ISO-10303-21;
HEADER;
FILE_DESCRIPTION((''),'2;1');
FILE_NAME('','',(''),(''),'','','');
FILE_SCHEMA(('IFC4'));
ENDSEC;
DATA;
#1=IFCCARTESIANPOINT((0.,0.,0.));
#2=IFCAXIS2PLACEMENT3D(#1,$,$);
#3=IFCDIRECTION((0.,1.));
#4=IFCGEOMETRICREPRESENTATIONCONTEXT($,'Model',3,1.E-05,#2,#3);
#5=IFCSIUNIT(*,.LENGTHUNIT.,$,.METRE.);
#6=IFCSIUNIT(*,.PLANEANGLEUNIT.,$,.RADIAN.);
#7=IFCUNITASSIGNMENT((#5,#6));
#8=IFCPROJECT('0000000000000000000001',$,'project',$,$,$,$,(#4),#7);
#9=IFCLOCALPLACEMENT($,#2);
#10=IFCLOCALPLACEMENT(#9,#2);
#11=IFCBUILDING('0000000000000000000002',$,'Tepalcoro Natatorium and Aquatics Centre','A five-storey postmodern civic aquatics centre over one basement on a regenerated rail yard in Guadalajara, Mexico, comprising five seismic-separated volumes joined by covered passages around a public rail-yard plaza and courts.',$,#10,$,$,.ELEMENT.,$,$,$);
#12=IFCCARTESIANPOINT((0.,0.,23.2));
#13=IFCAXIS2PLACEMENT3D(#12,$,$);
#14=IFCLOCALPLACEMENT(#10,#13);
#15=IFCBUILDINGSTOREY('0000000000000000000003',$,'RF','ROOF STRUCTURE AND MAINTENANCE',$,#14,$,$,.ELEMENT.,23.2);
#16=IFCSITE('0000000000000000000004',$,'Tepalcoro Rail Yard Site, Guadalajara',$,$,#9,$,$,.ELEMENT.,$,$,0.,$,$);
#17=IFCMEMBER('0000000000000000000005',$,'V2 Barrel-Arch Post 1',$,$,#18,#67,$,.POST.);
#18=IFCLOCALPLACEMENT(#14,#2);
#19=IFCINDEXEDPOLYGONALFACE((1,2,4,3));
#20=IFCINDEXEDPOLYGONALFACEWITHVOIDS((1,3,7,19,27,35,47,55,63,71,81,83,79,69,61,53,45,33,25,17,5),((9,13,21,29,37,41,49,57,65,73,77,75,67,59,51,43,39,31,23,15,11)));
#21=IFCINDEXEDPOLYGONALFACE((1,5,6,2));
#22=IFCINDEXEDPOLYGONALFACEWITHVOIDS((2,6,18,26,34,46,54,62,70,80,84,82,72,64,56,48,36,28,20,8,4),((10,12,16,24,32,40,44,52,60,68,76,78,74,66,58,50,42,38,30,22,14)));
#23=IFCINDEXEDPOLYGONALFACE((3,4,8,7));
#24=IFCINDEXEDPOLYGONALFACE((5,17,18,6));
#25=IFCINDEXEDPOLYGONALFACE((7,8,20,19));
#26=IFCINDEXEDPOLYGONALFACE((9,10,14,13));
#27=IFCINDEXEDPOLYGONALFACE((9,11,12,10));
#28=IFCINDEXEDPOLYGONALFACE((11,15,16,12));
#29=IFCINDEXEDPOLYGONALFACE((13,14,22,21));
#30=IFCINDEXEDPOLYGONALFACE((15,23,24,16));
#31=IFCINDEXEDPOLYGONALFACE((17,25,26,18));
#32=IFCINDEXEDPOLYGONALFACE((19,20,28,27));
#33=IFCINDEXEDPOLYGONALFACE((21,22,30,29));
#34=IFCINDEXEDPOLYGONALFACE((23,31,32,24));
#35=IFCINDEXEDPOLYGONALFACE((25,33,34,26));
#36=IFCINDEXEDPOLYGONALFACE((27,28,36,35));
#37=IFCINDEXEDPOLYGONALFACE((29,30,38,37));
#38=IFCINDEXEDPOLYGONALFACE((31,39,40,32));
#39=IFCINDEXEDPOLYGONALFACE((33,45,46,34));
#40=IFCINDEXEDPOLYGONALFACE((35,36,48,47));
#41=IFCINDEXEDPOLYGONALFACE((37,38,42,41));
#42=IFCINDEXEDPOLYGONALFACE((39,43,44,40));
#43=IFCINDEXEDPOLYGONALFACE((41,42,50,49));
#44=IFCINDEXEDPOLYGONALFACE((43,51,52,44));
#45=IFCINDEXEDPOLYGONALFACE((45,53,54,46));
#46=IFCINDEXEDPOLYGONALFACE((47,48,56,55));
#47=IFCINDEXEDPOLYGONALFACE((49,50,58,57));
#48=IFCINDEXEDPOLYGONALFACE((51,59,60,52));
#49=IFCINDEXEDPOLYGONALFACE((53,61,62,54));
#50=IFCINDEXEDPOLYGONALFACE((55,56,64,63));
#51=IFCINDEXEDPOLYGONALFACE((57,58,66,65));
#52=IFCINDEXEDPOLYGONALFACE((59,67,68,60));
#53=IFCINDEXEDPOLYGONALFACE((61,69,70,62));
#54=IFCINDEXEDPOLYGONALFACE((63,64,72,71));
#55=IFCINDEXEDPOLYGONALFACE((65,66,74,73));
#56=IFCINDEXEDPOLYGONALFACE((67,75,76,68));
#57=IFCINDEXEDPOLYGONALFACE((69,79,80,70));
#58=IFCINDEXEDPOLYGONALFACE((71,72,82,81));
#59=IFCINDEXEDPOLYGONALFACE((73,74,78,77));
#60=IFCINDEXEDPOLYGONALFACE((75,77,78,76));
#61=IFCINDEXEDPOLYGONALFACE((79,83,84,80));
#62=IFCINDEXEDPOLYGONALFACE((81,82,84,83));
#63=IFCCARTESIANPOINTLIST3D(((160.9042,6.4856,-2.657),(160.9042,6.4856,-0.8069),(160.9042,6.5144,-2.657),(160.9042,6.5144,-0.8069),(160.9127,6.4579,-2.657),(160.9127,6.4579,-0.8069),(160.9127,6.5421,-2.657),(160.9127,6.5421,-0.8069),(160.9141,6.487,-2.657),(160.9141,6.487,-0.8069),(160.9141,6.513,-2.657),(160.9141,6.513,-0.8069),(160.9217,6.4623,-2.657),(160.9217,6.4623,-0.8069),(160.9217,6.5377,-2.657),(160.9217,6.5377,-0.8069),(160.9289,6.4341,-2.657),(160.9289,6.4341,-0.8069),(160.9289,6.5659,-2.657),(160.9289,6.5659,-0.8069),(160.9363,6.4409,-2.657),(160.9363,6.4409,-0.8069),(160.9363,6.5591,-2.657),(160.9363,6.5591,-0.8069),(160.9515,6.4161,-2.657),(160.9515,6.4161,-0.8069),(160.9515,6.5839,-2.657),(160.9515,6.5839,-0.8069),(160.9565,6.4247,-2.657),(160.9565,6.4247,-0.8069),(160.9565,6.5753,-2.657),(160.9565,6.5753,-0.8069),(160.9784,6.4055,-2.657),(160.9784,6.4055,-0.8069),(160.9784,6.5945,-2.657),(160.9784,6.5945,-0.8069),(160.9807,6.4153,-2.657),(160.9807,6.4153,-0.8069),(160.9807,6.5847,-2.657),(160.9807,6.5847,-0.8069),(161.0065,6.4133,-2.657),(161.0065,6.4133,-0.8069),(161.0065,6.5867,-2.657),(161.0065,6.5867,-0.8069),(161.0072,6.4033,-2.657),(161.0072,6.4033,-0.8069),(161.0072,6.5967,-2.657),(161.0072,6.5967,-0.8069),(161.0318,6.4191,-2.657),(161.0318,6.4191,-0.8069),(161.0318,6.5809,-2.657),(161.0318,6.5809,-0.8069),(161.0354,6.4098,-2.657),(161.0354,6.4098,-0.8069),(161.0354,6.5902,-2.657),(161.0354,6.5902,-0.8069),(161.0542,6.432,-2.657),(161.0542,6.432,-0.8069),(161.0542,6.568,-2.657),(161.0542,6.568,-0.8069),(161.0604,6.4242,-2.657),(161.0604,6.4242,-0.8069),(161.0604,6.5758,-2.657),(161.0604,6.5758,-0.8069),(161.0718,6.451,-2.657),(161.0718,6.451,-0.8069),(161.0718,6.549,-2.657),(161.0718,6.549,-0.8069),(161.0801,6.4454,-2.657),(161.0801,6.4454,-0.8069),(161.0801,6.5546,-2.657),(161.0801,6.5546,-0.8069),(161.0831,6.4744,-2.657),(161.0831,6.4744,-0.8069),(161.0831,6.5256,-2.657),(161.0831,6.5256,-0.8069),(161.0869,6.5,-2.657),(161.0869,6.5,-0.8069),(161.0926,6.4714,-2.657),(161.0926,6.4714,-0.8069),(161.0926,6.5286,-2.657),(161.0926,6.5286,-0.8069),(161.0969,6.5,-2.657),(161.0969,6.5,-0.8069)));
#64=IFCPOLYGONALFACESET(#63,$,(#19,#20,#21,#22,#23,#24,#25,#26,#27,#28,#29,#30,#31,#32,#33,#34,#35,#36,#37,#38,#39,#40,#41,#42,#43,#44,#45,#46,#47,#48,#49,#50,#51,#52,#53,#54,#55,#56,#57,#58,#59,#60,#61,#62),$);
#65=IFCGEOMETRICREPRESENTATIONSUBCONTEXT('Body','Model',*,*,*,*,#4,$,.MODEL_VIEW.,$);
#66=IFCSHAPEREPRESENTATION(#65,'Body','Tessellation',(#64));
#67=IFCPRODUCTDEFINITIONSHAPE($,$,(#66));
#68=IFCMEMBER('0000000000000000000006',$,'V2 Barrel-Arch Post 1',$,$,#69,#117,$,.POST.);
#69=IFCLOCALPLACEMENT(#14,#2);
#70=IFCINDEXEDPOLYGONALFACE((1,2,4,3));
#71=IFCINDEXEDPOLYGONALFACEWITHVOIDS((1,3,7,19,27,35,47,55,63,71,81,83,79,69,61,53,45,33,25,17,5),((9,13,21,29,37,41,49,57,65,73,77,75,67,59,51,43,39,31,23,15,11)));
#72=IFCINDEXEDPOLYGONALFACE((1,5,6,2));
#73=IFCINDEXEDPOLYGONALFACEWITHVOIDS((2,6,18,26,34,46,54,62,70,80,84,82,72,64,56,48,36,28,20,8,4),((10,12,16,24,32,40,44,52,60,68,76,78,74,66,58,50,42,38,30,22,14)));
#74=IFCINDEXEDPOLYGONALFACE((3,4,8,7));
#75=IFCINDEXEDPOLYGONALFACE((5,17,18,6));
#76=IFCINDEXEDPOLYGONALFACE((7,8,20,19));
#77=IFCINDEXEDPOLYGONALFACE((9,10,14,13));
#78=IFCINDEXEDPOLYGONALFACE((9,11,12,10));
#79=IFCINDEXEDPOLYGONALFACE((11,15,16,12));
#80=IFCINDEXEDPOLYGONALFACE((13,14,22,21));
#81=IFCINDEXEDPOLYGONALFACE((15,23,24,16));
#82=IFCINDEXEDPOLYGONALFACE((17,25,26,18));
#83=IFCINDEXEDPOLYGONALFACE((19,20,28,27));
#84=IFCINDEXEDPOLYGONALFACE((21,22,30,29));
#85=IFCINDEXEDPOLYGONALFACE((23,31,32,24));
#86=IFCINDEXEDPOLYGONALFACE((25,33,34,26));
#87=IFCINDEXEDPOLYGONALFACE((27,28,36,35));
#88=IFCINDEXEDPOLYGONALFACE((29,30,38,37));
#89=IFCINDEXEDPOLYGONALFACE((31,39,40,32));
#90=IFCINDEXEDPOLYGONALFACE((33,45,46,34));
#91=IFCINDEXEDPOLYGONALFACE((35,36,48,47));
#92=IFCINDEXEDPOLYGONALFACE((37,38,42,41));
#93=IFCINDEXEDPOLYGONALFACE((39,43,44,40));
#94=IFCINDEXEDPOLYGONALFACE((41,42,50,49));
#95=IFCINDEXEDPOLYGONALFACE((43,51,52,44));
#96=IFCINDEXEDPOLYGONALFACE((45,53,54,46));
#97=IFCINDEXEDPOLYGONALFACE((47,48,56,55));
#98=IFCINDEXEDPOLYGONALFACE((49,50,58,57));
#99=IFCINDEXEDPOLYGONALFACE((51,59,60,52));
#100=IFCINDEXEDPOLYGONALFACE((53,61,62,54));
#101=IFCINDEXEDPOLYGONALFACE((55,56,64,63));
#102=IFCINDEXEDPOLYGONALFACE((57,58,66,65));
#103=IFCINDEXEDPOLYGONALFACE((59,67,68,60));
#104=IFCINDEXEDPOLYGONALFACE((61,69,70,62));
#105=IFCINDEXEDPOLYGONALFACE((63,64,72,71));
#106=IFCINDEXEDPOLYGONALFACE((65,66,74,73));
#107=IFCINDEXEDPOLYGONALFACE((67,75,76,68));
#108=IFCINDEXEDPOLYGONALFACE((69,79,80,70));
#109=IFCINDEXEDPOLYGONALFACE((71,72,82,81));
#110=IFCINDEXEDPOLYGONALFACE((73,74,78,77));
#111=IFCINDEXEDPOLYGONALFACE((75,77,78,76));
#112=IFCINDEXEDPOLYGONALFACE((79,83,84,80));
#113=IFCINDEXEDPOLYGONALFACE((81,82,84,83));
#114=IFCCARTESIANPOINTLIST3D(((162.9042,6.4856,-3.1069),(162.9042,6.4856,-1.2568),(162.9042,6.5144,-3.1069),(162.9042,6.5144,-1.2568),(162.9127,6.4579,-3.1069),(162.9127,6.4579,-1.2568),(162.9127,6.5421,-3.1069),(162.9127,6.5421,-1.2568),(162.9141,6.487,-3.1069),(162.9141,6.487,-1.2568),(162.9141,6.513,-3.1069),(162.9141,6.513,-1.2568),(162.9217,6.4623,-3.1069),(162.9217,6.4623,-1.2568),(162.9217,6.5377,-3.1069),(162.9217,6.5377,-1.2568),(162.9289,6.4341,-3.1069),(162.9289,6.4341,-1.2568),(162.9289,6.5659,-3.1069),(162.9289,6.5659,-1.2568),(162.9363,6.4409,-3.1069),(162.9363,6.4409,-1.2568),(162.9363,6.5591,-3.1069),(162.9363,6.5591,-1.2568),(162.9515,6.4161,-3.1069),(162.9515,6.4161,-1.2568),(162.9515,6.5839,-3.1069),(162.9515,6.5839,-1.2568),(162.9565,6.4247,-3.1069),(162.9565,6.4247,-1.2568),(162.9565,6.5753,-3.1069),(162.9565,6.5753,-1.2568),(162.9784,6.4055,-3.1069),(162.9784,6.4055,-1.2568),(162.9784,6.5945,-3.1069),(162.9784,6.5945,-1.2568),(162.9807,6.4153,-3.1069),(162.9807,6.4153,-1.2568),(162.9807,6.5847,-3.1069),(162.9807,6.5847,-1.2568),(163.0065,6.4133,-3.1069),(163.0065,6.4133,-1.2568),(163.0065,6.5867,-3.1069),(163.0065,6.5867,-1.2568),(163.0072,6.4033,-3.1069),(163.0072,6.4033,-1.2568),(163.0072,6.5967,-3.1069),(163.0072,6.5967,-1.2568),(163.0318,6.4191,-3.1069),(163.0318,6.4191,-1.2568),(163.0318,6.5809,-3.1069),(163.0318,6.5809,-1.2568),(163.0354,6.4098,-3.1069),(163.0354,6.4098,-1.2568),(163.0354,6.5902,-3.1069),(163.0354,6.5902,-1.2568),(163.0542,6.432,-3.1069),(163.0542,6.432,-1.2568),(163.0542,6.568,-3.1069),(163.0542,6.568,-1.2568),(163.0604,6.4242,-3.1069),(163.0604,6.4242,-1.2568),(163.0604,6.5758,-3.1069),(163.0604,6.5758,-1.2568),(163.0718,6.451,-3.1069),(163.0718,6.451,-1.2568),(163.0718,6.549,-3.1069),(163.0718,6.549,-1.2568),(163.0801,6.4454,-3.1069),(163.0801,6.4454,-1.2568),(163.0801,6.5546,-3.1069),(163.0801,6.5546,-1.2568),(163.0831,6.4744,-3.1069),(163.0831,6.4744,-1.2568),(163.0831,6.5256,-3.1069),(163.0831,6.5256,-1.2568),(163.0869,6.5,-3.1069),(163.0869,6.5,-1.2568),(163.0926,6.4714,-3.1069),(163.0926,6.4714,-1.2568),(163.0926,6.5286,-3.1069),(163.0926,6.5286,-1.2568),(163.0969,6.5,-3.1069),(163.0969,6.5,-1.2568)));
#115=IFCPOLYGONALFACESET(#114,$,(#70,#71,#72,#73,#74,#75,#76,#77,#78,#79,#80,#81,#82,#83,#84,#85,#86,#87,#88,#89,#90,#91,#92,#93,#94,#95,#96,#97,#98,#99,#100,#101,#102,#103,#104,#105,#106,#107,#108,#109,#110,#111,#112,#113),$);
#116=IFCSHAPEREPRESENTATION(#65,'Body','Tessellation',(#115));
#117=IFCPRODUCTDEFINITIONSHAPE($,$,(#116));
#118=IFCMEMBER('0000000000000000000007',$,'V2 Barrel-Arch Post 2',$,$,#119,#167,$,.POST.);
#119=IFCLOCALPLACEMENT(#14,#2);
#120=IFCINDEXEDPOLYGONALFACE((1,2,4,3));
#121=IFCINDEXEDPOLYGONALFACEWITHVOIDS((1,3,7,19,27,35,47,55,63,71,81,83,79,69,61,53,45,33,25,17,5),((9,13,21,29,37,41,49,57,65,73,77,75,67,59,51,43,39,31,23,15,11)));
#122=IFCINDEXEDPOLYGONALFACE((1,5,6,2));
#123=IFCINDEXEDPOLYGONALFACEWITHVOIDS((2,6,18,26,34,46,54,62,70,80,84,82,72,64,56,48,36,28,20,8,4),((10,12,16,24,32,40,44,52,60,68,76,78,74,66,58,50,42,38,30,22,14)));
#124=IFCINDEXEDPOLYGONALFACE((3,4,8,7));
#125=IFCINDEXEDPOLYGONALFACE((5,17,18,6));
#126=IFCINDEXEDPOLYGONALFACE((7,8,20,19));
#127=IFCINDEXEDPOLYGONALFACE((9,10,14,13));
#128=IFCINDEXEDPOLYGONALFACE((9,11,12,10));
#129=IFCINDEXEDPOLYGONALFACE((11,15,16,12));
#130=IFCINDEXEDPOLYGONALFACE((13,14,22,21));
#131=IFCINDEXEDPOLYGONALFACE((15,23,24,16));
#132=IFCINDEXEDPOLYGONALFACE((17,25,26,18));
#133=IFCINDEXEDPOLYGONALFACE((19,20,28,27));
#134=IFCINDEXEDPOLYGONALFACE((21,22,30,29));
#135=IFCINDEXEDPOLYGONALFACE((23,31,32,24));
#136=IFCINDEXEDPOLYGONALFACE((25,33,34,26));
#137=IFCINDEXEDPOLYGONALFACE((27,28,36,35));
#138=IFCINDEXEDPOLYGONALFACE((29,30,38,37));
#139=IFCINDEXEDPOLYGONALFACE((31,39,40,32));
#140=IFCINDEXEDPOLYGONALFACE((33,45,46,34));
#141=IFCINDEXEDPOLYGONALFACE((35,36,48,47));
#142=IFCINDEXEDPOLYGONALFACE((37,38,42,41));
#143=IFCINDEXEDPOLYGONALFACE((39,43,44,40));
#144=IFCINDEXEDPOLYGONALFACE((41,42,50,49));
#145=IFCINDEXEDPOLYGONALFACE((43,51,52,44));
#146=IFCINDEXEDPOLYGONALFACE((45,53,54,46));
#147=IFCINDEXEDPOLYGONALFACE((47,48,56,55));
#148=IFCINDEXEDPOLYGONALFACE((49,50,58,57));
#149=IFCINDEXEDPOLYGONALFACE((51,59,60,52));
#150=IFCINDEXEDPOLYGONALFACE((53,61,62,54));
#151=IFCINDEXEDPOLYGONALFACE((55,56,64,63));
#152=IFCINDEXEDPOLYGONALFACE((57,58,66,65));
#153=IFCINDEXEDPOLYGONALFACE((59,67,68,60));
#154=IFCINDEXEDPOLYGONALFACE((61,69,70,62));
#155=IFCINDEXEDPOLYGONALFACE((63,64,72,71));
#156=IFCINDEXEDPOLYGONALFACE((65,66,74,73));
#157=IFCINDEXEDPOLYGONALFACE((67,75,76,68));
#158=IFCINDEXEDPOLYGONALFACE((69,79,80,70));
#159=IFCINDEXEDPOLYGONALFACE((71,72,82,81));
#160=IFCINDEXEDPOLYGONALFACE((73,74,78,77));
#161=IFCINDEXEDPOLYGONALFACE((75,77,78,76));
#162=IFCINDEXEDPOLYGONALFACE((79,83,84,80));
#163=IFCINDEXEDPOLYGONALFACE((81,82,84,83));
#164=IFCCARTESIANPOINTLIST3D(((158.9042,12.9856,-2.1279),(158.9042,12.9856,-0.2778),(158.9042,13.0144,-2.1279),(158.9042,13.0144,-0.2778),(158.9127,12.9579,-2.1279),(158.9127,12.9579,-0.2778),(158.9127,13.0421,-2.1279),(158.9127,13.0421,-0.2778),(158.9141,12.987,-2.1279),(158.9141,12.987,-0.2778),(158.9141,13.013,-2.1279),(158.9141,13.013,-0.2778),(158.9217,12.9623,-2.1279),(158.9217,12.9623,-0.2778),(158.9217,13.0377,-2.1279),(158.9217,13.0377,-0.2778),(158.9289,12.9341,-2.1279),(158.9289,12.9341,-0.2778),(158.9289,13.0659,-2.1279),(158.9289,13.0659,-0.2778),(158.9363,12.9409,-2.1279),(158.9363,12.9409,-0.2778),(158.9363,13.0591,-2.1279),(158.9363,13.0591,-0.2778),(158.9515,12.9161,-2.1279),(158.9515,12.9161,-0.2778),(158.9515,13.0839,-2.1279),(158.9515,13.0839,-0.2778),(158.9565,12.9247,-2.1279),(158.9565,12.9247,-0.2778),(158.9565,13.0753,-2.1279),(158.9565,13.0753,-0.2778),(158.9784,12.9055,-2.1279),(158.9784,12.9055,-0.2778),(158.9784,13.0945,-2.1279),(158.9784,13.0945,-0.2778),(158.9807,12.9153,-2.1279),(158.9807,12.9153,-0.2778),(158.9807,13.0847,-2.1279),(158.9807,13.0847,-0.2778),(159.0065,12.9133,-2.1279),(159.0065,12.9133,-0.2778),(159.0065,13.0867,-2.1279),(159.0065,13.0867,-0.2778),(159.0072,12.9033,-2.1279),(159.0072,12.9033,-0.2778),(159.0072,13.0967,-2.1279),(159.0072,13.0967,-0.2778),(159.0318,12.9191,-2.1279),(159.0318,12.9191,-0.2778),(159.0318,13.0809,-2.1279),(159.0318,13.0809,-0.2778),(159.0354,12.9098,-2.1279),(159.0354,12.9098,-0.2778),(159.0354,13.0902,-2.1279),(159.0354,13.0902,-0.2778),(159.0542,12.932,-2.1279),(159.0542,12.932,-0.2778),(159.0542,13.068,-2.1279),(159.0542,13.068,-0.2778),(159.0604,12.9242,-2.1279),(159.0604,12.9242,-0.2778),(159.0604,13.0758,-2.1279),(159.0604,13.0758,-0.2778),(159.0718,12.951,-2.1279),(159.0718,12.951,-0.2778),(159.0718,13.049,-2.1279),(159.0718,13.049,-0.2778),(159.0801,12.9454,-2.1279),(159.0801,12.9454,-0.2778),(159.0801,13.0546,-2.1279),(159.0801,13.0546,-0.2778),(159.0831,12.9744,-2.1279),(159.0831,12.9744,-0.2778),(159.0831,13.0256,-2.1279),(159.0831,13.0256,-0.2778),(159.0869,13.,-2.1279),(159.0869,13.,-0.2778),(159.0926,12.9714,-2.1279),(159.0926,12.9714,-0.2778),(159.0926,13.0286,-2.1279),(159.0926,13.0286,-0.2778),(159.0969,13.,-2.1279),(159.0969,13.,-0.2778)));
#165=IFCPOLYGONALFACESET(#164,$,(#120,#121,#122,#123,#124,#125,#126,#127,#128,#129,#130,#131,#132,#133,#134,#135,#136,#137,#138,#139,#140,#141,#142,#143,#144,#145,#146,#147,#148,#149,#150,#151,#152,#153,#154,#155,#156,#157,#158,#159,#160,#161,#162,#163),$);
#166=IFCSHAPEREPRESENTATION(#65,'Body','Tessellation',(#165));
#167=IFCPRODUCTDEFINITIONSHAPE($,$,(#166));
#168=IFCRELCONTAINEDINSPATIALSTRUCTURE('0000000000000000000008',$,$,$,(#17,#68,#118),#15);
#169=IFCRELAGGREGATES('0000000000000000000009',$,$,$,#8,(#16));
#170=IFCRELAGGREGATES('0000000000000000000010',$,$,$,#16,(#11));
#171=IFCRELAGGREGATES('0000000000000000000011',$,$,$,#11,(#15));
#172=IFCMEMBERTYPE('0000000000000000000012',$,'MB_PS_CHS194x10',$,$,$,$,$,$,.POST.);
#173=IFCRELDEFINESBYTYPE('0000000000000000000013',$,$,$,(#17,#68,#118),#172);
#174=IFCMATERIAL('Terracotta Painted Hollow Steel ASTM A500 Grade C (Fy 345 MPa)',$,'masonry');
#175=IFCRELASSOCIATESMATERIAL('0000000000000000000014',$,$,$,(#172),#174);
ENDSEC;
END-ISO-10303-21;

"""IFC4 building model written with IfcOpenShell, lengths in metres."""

from ifc_helpers import new_model, si_unit, direction, frame, origin, origin_2d, place, context, subcontext, project, spatial, hollow_circle, extrude, material, material_profile, profile_set, type_object, element, save


model = new_model("IFC4")

# Units and contexts
model_context = context("Model", 3, precision=1e-05, world=origin(), true_north=direction((0.0, 1.0)))
body_context = subcontext(model_context, "Body", "Model", "MODEL_VIEW")
ifc_project = project(units=[si_unit("LENGTHUNIT", "METRE"), si_unit("PLANEANGLEUNIT", "RADIAN")], contexts=[model_context])

# Site, building, storey
site_placement = place(None, origin())
site = spatial("IfcSite", under=ifc_project, at=site_placement, Name="Tepalcoro Rail Yard Site, Guadalajara", CompositionType="ELEMENT", RefElevation=0.0)
building_placement = place(site_placement, origin())
building = spatial("IfcBuilding", under=site, at=building_placement, Name="Tepalcoro Natatorium and Aquatics Centre", Description="A five-storey postmodern civic aquatics centre over one basement on a regenerated rail yard in Guadalajara, Mexico, comprising five seismic-separated volumes joined by covered passages around a public rail-yard plaza and courts.", CompositionType="ELEMENT")
storey_placement = place(building_placement, frame((0.0, 0.0, 23.2)))
storey = spatial("IfcBuildingStorey", under=building, at=storey_placement, Name="RF", Description="ROOF STRUCTURE AND MAINTENANCE", CompositionType="ELEMENT", Elevation=23.2)

# Shared definitions
ifc_material_1 = material(Name="Terracotta Painted Hollow Steel ASTM A500 Grade C (Fy 345 MPa)", Category="masonry")

# Members
ifc_material_profile_1 = material_profile(ifc_material_1, hollow_circle(Radius=0.0969, WallThickness=0.01, at=origin_2d()), Name="CHS194X10")
ifc_profile_set_1 = profile_set([ifc_material_profile_1], Name="Terracotta Painted Hollow Steel ASTM A500 Grade C (Fy 345 MPa)")
member_type_1 = type_object("IfcMemberType", Name="MB_PS_CHS194x10", PredefinedType="POST", material=ifc_profile_set_1)
for number, where, z_axis, x_axis, name in (
    (1, (161.0, 6.5, -2.657), (0.0, 0.0, 1.0), (1.0, 0.0, 0.0), "V2 Barrel-Arch Post 1"),
    (2, (163.0, 6.5, -3.1069), (0.0, 0.0, 1.0), (1.0, 0.0, 0.0), "V2 Barrel-Arch Post 1"),
    (3, (159.0, 13.0, -2.1279), (0.0, 0.0, 1.0), (1.0, 0.0, 0.0), "V2 Barrel-Arch Post 2"),
):
    element("IfcMember", number, at=place(storey_placement, frame(where, z_axis=z_axis, x_axis=x_axis)), inside=storey, type_object=member_type_1, Name=name, PredefinedType="POST", context=body_context, shape_type="SweptSolid", body=[
        extrude(hollow_circle(Radius=0.0969, WallThickness=0.01, at=origin_2d()), origin(), (0.0, 0.0, 1.0), 1.8501),
    ])

save(model, "model.ifc")
